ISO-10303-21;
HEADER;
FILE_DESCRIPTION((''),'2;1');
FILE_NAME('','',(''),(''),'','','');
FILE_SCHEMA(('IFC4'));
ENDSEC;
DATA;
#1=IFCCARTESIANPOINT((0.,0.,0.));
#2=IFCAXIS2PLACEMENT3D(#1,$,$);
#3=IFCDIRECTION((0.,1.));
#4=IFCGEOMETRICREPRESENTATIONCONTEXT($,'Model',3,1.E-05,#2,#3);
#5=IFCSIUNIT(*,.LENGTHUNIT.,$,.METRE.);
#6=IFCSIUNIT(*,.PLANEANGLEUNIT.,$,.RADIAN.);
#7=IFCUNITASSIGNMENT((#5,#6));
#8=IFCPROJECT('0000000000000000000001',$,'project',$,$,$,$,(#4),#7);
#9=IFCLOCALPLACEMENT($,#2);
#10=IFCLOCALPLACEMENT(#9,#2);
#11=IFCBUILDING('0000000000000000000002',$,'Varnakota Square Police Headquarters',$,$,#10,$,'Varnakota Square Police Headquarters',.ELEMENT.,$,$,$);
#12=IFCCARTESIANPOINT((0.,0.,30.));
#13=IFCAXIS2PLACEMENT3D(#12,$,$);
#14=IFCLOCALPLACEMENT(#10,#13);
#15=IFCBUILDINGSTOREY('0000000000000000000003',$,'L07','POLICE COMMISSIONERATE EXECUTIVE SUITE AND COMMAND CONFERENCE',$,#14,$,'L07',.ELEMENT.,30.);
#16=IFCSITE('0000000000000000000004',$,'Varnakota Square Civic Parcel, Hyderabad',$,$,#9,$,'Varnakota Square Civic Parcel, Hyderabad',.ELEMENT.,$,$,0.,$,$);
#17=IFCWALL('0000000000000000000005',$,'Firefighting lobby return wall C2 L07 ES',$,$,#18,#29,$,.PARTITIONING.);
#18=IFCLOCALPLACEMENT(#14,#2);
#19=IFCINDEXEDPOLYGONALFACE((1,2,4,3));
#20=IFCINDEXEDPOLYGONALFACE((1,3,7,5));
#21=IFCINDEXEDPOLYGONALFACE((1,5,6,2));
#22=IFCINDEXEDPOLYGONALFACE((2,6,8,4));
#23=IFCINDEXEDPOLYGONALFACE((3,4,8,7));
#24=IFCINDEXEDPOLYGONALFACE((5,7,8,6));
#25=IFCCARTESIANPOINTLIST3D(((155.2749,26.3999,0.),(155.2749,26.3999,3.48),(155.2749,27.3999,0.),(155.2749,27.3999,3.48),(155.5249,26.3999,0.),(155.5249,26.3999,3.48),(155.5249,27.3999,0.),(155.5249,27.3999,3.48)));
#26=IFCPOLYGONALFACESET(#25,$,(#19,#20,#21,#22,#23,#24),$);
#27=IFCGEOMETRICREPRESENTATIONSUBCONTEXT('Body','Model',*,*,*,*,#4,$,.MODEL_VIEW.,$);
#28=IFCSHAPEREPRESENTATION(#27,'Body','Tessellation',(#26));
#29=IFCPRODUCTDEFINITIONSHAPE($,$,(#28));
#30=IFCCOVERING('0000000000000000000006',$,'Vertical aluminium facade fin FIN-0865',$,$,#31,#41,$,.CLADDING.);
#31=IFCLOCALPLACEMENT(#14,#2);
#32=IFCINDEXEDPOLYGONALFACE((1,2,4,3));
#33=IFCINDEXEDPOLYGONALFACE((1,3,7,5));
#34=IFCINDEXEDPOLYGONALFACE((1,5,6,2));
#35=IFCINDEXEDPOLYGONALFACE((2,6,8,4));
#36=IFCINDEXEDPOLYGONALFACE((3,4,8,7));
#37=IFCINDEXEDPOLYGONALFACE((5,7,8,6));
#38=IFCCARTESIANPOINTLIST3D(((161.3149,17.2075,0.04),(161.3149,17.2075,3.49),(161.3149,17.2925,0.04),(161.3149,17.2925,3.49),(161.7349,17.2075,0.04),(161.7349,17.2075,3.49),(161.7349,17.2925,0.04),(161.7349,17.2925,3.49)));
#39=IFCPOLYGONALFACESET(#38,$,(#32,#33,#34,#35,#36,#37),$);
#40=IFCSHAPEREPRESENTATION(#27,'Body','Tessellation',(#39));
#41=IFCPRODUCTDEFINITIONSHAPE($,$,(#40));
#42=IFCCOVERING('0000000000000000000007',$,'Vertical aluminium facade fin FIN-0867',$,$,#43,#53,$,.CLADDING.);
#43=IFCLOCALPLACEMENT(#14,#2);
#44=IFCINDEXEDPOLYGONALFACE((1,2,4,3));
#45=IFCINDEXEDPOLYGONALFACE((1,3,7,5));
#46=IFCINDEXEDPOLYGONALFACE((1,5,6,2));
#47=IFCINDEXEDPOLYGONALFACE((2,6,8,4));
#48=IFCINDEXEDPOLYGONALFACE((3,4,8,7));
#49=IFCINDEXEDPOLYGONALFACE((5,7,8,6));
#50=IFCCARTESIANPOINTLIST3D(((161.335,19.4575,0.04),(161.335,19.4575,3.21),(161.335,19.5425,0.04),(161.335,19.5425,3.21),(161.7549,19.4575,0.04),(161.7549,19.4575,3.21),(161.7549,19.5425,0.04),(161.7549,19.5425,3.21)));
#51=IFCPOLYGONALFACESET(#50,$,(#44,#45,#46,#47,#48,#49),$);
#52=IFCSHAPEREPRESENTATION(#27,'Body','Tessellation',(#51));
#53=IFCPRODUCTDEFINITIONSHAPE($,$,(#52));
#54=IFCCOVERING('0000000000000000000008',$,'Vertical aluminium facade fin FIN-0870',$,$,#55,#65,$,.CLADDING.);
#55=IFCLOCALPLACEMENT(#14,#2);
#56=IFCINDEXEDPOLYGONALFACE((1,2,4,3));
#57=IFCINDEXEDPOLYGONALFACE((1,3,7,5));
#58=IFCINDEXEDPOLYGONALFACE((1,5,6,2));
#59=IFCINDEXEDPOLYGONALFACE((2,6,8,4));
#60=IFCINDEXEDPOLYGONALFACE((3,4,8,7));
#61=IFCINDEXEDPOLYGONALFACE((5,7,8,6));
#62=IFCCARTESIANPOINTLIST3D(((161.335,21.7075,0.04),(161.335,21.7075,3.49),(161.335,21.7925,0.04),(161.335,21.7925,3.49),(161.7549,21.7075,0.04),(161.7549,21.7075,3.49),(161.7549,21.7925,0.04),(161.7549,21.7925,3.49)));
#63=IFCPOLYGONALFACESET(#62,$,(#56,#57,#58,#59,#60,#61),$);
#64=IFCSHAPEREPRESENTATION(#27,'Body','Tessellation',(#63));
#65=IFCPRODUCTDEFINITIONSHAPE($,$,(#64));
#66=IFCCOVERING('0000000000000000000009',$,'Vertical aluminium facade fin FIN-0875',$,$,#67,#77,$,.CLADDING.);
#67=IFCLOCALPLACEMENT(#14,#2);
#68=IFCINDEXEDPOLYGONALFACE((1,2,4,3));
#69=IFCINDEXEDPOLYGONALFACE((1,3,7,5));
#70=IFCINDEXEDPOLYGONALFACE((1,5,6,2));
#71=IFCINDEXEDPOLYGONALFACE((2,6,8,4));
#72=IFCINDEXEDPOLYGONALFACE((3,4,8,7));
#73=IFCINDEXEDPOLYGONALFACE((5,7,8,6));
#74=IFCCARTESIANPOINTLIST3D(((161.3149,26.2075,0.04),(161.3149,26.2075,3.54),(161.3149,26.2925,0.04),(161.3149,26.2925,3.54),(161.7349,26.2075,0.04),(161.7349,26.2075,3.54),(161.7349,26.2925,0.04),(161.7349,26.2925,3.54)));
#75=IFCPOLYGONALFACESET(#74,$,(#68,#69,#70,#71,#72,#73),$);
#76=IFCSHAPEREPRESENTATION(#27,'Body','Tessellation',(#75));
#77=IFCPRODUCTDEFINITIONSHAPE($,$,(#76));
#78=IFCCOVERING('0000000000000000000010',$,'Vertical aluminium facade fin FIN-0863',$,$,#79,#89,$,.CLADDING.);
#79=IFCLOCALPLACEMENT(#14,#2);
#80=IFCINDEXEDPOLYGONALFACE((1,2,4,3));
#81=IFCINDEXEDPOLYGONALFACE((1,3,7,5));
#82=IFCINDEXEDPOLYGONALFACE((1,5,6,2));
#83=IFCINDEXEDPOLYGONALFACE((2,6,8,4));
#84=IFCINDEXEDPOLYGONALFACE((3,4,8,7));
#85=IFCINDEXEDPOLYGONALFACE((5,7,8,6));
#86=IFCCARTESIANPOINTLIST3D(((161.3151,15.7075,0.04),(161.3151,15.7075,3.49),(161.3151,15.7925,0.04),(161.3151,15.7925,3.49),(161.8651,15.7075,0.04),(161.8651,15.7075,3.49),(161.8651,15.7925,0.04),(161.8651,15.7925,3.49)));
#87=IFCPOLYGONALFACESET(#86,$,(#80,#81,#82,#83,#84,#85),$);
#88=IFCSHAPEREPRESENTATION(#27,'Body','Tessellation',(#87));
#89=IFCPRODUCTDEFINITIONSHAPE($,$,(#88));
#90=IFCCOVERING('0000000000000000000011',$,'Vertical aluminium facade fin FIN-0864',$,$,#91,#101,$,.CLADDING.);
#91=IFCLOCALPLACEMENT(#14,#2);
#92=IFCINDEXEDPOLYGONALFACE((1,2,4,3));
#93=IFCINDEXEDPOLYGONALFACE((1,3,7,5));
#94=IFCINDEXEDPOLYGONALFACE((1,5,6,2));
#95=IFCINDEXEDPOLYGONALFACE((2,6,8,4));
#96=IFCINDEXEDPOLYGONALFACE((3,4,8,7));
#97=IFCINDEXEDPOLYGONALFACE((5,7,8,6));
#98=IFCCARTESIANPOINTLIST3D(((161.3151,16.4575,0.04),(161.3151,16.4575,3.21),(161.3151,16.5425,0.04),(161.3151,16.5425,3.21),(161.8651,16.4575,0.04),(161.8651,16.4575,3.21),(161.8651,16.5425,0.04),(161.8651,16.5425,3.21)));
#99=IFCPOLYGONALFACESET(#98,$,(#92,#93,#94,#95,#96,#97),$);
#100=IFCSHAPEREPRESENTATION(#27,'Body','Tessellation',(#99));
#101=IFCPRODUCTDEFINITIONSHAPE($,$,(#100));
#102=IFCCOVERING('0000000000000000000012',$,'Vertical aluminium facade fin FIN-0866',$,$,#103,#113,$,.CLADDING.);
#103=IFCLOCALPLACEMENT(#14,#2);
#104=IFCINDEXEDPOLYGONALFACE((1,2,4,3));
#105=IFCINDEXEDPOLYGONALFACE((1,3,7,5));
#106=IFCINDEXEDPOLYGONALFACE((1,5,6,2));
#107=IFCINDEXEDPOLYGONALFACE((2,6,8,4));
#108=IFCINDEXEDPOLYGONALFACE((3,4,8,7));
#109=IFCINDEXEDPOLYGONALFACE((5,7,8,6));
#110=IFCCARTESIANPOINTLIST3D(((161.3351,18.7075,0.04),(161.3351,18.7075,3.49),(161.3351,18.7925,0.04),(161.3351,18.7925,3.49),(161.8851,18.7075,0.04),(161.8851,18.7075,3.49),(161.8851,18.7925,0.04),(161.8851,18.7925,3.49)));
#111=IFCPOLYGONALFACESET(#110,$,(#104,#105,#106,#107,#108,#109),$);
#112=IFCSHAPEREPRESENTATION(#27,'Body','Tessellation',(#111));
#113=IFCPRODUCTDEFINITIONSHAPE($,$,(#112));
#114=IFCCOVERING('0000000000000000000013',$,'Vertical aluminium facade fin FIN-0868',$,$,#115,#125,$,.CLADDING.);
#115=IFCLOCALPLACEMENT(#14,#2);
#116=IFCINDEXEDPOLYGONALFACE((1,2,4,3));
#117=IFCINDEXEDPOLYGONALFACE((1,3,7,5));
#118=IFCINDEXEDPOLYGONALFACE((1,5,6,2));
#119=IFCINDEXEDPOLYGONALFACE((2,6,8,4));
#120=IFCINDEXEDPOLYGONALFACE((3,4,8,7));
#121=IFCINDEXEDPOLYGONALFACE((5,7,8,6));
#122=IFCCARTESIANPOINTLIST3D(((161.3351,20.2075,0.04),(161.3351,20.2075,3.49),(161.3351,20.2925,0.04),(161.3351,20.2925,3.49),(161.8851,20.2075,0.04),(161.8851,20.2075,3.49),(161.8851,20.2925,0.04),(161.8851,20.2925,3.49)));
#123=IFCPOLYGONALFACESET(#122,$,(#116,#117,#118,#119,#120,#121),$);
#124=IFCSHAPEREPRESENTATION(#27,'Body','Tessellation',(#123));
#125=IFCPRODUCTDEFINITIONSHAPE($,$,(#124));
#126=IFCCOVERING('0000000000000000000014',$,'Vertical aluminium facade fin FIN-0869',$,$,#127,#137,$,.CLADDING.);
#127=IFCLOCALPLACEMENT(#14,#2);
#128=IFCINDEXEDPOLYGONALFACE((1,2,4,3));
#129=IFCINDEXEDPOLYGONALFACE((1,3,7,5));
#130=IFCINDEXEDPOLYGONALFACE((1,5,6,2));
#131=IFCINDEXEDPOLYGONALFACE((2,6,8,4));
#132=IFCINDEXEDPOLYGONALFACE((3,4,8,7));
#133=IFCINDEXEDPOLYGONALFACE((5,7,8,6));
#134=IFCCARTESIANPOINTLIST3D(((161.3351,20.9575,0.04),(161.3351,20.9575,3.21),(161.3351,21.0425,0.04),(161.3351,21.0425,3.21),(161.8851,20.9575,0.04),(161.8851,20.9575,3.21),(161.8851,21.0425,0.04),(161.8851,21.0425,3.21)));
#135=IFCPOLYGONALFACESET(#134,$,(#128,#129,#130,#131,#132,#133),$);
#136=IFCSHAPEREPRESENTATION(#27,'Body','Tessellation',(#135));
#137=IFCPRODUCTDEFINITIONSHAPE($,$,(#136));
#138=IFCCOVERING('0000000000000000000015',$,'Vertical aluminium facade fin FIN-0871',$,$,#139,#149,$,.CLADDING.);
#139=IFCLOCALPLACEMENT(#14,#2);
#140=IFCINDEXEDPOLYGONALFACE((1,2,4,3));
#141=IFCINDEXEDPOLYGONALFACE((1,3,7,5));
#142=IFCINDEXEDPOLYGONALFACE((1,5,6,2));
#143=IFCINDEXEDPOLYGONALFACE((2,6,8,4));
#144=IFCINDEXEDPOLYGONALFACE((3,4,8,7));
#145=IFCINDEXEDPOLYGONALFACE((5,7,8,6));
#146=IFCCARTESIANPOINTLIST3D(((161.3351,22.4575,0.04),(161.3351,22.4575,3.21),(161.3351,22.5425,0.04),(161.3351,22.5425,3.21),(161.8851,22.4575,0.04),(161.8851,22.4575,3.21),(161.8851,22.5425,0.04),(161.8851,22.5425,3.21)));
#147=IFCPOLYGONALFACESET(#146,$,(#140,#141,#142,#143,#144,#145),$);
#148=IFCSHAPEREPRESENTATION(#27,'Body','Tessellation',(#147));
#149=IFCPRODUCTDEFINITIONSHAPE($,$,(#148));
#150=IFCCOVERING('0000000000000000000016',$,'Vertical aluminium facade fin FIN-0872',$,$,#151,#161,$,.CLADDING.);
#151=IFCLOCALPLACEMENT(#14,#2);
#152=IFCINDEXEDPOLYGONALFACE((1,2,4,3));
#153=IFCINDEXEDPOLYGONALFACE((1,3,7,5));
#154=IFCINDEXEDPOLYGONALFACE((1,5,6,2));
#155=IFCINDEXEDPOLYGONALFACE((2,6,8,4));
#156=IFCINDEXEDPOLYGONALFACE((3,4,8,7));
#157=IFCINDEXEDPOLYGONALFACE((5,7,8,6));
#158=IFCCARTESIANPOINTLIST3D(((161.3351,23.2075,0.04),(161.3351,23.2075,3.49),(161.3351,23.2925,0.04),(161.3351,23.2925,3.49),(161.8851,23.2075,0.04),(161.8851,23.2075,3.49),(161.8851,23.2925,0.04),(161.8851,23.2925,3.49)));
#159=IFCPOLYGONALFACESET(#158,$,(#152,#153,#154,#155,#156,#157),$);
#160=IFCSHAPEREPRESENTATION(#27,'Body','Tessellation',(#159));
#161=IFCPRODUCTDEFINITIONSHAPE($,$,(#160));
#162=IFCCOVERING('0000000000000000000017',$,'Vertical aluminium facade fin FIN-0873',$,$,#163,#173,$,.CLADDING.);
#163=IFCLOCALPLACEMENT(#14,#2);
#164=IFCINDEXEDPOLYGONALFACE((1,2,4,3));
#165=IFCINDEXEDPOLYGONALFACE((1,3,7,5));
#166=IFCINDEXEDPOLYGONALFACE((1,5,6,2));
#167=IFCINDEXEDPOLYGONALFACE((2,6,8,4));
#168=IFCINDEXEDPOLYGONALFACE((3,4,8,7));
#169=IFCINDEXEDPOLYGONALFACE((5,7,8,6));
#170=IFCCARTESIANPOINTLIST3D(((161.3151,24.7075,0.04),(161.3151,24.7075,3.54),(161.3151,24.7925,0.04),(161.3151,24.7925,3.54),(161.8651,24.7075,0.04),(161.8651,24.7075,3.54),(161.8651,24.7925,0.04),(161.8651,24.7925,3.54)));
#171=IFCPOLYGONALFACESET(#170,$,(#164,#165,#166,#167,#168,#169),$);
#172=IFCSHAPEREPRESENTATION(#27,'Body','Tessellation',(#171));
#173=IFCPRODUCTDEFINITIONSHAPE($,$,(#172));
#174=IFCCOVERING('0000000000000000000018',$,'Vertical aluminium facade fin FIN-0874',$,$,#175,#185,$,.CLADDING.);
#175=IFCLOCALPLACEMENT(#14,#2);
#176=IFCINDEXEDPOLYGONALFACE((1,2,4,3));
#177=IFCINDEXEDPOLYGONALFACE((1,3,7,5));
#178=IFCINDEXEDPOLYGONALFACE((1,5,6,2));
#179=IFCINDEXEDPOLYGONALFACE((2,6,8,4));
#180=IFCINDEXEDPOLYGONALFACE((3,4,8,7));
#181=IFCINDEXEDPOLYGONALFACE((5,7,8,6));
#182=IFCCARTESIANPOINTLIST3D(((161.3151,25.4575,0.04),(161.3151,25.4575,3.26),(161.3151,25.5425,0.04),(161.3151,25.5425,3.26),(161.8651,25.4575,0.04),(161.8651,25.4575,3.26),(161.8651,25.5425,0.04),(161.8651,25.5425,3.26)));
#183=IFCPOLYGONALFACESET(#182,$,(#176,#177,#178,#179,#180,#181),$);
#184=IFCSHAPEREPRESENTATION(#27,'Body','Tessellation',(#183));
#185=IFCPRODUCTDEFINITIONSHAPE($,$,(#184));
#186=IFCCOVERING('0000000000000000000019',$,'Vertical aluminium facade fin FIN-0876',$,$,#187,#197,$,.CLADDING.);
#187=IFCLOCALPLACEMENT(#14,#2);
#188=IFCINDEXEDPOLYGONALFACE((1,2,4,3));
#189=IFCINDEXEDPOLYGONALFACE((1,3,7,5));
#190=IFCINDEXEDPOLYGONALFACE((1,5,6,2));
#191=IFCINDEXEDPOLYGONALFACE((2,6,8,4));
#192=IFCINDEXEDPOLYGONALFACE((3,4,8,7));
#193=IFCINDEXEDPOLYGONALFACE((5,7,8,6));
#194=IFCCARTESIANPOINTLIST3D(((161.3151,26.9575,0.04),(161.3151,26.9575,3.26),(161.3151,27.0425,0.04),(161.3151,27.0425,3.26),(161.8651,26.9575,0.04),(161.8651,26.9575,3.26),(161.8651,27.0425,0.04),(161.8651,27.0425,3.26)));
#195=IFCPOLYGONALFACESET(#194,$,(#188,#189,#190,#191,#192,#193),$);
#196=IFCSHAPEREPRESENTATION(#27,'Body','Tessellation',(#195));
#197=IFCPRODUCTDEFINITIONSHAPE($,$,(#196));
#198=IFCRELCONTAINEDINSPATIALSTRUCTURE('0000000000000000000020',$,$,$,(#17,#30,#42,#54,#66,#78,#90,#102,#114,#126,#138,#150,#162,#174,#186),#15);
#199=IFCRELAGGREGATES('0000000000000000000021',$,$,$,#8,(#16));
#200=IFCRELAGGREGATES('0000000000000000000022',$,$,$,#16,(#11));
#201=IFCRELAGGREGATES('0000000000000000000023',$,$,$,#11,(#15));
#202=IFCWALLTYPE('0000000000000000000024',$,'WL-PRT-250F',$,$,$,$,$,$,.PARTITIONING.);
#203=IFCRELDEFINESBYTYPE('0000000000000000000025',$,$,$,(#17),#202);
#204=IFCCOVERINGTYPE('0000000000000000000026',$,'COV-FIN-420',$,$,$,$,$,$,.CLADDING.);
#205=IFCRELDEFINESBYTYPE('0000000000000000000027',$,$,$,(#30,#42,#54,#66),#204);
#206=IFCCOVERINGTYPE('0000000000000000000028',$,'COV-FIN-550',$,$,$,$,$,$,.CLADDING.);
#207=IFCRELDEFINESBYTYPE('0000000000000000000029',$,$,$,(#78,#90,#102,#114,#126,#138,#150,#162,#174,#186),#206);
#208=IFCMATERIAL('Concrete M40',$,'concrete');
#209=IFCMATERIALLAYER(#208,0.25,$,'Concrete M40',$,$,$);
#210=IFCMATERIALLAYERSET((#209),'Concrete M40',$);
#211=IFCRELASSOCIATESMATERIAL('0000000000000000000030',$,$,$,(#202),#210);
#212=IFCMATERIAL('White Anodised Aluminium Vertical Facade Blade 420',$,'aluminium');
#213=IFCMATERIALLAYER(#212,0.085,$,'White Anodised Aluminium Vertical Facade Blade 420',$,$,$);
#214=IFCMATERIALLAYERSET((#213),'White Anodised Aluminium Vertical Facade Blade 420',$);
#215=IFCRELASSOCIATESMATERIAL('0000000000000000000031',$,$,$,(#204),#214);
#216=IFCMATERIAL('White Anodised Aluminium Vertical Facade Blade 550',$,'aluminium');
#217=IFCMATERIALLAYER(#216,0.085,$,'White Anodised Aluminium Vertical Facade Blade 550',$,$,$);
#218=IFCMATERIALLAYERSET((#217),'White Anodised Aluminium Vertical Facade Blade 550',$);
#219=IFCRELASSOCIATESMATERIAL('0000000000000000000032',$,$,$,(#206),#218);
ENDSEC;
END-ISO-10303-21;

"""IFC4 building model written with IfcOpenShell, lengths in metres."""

from ifc_helpers import new_model, si_unit, direction, frame, frame_2d, origin, origin_2d, place, context, subcontext, project, spatial, rectangle, extrude, material, layer, layer_set, type_object, element, save


model = new_model("IFC4")

# Units and contexts
model_context = context("Model", 3, precision=1e-05, world=origin(), true_north=direction((0.0, 1.0)))
body_context = subcontext(model_context, "Body", "Model", "MODEL_VIEW")
ifc_project = project(units=[si_unit("LENGTHUNIT", "METRE"), si_unit("PLANEANGLEUNIT", "RADIAN")], contexts=[model_context])

# Site, building, storey
site_placement = place(None, origin())
site = spatial("IfcSite", under=ifc_project, at=site_placement, Name="Varnakota Square Civic Parcel, Hyderabad", LongName="Varnakota Square Civic Parcel, Hyderabad", CompositionType="ELEMENT", RefElevation=0.0)
building_placement = place(site_placement, origin())
building = spatial("IfcBuilding", under=site, at=building_placement, Name="Varnakota Square Police Headquarters", LongName="Varnakota Square Police Headquarters", CompositionType="ELEMENT")
storey_placement = place(building_placement, frame((0.0, 0.0, 30.0)))
storey = spatial("IfcBuildingStorey", under=building, at=storey_placement, Name="L07", Description="POLICE COMMISSIONERATE EXECUTIVE SUITE AND COMMAND CONFERENCE", LongName="L07", CompositionType="ELEMENT", Elevation=30.0)

# Shared definitions
ifc_material_1 = material(Name="Concrete M40", Category="concrete")

# Wall
ifc_layer_1 = layer(ifc_material_1, 0.25, Name="Concrete M40")
ifc_layer_set_1 = layer_set([ifc_layer_1], Name="Concrete M40")
wall_type_1 = type_object("IfcWallType", Name="WL-PRT-250F", PredefinedType="PARTITIONING", material=ifc_layer_set_1)
wall_1_placement = place(storey_placement, frame((155.3999, 26.3999, 0.0), z_axis=(0.0, 0.0, 1.0), x_axis=(0.0, 1.0, 0.0)))
element("IfcWall", 1, at=wall_1_placement, inside=storey, type_object=wall_type_1, Name="Firefighting lobby return wall C2 L07 ES", PredefinedType="PARTITIONING", context=body_context, shape_type="SweptSolid", body=[
    extrude(rectangle(XDim=1.0, YDim=0.25, at=frame_2d((0.5, 0.0))), origin(), (0.0, 0.0, 1.0), 3.48),
])

# Coverings
ifc_material_2 = material(Name="White Anodised Aluminium Vertical Facade Blade 420", Category="aluminium")
ifc_layer_2 = layer(ifc_material_2, 0.085, Name="White Anodised Aluminium Vertical Facade Blade 420")
ifc_layer_set_2 = layer_set([ifc_layer_2], Name="White Anodised Aluminium Vertical Facade Blade 420")
covering_type_1 = type_object("IfcCoveringType", Name="COV-FIN-420", PredefinedType="CLADDING", material=ifc_layer_set_2)
covering_1_placement = place(storey_placement, frame((161.5249, 17.25, 0.04), z_axis=(0.0, 0.0, 1.0), x_axis=(0.0, 1.0, 0.0)))
element("IfcCovering", 2, at=covering_1_placement, inside=storey, type_object=covering_type_1, Name="Vertical aluminium facade fin FIN-0865", PredefinedType="CLADDING", context=body_context, shape_type="SweptSolid", body=[
    extrude(rectangle(XDim=0.085, YDim=0.4199, at=origin_2d()), origin(), (0.0, 0.0, 1.0), 3.45),
])
covering_2_placement = place(storey_placement, frame((161.5449, 19.5, 0.04), z_axis=(0.0, 0.0, 1.0), x_axis=(0.0, 1.0, 0.0)))
element("IfcCovering", 3, at=covering_2_placement, inside=storey, type_object=covering_type_1, Name="Vertical aluminium facade fin FIN-0867", PredefinedType="CLADDING", context=body_context, shape_type="SweptSolid", body=[
    extrude(rectangle(XDim=0.085, YDim=0.4199, at=origin_2d()), origin(), (0.0, 0.0, 1.0), 3.1699),
])
covering_3_placement = place(storey_placement, frame((161.5449, 21.75, 0.04), z_axis=(0.0, 0.0, 1.0), x_axis=(0.0, 1.0, 0.0)))
element("IfcCovering", 4, at=covering_3_placement, inside=storey, type_object=covering_type_1, Name="Vertical aluminium facade fin FIN-0870", PredefinedType="CLADDING", context=body_context, shape_type="SweptSolid", body=[
    extrude(rectangle(XDim=0.085, YDim=0.4199, at=origin_2d()), origin(), (0.0, 0.0, 1.0), 3.45),
])
covering_4_placement = place(storey_placement, frame((161.5249, 26.25, 0.04), z_axis=(0.0, 0.0, 1.0), x_axis=(0.0, 1.0, 0.0)))
element("IfcCovering", 5, at=covering_4_placement, inside=storey, type_object=covering_type_1, Name="Vertical aluminium facade fin FIN-0875", PredefinedType="CLADDING", context=body_context, shape_type="SweptSolid", body=[
    extrude(rectangle(XDim=0.085, YDim=0.4199, at=origin_2d()), origin(), (0.0, 0.0, 1.0), 3.5),
])
ifc_material_3 = material(Name="White Anodised Aluminium Vertical Facade Blade 550", Category="aluminium")
ifc_layer_3 = layer(ifc_material_3, 0.085, Name="White Anodised Aluminium Vertical Facade Blade 550")
ifc_layer_set_3 = layer_set([ifc_layer_3], Name="White Anodised Aluminium Vertical Facade Blade 550")
covering_type_2 = type_object("IfcCoveringType", Name="COV-FIN-550", PredefinedType="CLADDING", material=ifc_layer_set_3)
covering_5_placement = place(storey_placement, frame((161.5901, 15.75, 0.04), z_axis=(0.0, 0.0, 1.0), x_axis=(0.0, 1.0, 0.0)))
element("IfcCovering", 6, at=covering_5_placement, inside=storey, type_object=covering_type_2, Name="Vertical aluminium facade fin FIN-0863", PredefinedType="CLADDING", context=body_context, shape_type="SweptSolid", body=[
    extrude(rectangle(XDim=0.085, YDim=0.55, at=origin_2d()), origin(), (0.0, 0.0, 1.0), 3.45),
])
covering_6_placement = place(storey_placement, frame((161.5901, 16.5, 0.04), z_axis=(0.0, 0.0, 1.0), x_axis=(0.0, 1.0, 0.0)))
element("IfcCovering", 7, at=covering_6_placement, inside=storey, type_object=covering_type_2, Name="Vertical aluminium facade fin FIN-0864", PredefinedType="CLADDING", context=body_context, shape_type="SweptSolid", body=[
    extrude(rectangle(XDim=0.085, YDim=0.55, at=origin_2d()), origin(), (0.0, 0.0, 1.0), 3.1699),
])
for number, where, z_axis, x_axis, name in (
    (8, (161.6101, 18.75, 0.04), (0.0, 0.0, 1.0), (0.0, 1.0, 0.0), "Vertical aluminium facade fin FIN-0866"),
    (9, (161.6101, 20.25, 0.04), (0.0, 0.0, 1.0), (0.0, 1.0, 0.0), "Vertical aluminium facade fin FIN-0868"),
):
    element("IfcCovering", number, at=place(storey_placement, frame(where, z_axis=z_axis, x_axis=x_axis)), inside=storey, type_object=covering_type_2, Name=name, PredefinedType="CLADDING", context=body_context, shape_type="SweptSolid", body=[
        extrude(rectangle(XDim=0.085, YDim=0.55, at=origin_2d()), origin(), (0.0, 0.0, 1.0), 3.45),
    ])
for number, where, z_axis, x_axis, name in (
    (10, (161.6101, 21.0, 0.04), (0.0, 0.0, 1.0), (0.0, 1.0, 0.0), "Vertical aluminium facade fin FIN-0869"),
    (11, (161.6101, 22.5, 0.04), (0.0, 0.0, 1.0), (0.0, 1.0, 0.0), "Vertical aluminium facade fin FIN-0871"),
):
    element("IfcCovering", number, at=place(storey_placement, frame(where, z_axis=z_axis, x_axis=x_axis)), inside=storey, type_object=covering_type_2, Name=name, PredefinedType="CLADDING", context=body_context, shape_type="SweptSolid", body=[
        extrude(rectangle(XDim=0.085, YDim=0.55, at=origin_2d()), origin(), (0.0, 0.0, 1.0), 3.1699),
    ])
covering_7_placement = place(storey_placement, frame((161.6101, 23.25, 0.04), z_axis=(0.0, 0.0, 1.0), x_axis=(0.0, 1.0, 0.0)))
element("IfcCovering", 12, at=covering_7_placement, inside=storey, type_object=covering_type_2, Name="Vertical aluminium facade fin FIN-0872", PredefinedType="CLADDING", context=body_context, shape_type="SweptSolid", body=[
    extrude(rectangle(XDim=0.085, YDim=0.55, at=origin_2d()), origin(), (0.0, 0.0, 1.0), 3.45),
])
covering_8_placement = place(storey_placement, frame((161.5901, 24.75, 0.04), z_axis=(0.0, 0.0, 1.0), x_axis=(0.0, 1.0, 0.0)))
element("IfcCovering", 13, at=covering_8_placement, inside=storey, type_object=covering_type_2, Name="Vertical aluminium facade fin FIN-0873", PredefinedType="CLADDING", context=body_context, shape_type="SweptSolid", body=[
    extrude(rectangle(XDim=0.085, YDim=0.55, at=origin_2d()), origin(), (0.0, 0.0, 1.0), 3.5),
])
for number, where, z_axis, x_axis, name in (
    (14, (161.5901, 25.5, 0.04), (0.0, 0.0, 1.0), (0.0, 1.0, 0.0), "Vertical aluminium facade fin FIN-0874"),
    (15, (161.5901, 27.0, 0.04), (0.0, 0.0, 1.0), (0.0, 1.0, 0.0), "Vertical aluminium facade fin FIN-0876"),
):
    element("IfcCovering", number, at=place(storey_placement, frame(where, z_axis=z_axis, x_axis=x_axis)), inside=storey, type_object=covering_type_2, Name=name, PredefinedType="CLADDING", context=body_context, shape_type="SweptSolid", body=[
        extrude(rectangle(XDim=0.085, YDim=0.55, at=origin_2d()), origin(), (0.0, 0.0, 1.0), 3.22),
    ])

save(model, "model.ifc")
